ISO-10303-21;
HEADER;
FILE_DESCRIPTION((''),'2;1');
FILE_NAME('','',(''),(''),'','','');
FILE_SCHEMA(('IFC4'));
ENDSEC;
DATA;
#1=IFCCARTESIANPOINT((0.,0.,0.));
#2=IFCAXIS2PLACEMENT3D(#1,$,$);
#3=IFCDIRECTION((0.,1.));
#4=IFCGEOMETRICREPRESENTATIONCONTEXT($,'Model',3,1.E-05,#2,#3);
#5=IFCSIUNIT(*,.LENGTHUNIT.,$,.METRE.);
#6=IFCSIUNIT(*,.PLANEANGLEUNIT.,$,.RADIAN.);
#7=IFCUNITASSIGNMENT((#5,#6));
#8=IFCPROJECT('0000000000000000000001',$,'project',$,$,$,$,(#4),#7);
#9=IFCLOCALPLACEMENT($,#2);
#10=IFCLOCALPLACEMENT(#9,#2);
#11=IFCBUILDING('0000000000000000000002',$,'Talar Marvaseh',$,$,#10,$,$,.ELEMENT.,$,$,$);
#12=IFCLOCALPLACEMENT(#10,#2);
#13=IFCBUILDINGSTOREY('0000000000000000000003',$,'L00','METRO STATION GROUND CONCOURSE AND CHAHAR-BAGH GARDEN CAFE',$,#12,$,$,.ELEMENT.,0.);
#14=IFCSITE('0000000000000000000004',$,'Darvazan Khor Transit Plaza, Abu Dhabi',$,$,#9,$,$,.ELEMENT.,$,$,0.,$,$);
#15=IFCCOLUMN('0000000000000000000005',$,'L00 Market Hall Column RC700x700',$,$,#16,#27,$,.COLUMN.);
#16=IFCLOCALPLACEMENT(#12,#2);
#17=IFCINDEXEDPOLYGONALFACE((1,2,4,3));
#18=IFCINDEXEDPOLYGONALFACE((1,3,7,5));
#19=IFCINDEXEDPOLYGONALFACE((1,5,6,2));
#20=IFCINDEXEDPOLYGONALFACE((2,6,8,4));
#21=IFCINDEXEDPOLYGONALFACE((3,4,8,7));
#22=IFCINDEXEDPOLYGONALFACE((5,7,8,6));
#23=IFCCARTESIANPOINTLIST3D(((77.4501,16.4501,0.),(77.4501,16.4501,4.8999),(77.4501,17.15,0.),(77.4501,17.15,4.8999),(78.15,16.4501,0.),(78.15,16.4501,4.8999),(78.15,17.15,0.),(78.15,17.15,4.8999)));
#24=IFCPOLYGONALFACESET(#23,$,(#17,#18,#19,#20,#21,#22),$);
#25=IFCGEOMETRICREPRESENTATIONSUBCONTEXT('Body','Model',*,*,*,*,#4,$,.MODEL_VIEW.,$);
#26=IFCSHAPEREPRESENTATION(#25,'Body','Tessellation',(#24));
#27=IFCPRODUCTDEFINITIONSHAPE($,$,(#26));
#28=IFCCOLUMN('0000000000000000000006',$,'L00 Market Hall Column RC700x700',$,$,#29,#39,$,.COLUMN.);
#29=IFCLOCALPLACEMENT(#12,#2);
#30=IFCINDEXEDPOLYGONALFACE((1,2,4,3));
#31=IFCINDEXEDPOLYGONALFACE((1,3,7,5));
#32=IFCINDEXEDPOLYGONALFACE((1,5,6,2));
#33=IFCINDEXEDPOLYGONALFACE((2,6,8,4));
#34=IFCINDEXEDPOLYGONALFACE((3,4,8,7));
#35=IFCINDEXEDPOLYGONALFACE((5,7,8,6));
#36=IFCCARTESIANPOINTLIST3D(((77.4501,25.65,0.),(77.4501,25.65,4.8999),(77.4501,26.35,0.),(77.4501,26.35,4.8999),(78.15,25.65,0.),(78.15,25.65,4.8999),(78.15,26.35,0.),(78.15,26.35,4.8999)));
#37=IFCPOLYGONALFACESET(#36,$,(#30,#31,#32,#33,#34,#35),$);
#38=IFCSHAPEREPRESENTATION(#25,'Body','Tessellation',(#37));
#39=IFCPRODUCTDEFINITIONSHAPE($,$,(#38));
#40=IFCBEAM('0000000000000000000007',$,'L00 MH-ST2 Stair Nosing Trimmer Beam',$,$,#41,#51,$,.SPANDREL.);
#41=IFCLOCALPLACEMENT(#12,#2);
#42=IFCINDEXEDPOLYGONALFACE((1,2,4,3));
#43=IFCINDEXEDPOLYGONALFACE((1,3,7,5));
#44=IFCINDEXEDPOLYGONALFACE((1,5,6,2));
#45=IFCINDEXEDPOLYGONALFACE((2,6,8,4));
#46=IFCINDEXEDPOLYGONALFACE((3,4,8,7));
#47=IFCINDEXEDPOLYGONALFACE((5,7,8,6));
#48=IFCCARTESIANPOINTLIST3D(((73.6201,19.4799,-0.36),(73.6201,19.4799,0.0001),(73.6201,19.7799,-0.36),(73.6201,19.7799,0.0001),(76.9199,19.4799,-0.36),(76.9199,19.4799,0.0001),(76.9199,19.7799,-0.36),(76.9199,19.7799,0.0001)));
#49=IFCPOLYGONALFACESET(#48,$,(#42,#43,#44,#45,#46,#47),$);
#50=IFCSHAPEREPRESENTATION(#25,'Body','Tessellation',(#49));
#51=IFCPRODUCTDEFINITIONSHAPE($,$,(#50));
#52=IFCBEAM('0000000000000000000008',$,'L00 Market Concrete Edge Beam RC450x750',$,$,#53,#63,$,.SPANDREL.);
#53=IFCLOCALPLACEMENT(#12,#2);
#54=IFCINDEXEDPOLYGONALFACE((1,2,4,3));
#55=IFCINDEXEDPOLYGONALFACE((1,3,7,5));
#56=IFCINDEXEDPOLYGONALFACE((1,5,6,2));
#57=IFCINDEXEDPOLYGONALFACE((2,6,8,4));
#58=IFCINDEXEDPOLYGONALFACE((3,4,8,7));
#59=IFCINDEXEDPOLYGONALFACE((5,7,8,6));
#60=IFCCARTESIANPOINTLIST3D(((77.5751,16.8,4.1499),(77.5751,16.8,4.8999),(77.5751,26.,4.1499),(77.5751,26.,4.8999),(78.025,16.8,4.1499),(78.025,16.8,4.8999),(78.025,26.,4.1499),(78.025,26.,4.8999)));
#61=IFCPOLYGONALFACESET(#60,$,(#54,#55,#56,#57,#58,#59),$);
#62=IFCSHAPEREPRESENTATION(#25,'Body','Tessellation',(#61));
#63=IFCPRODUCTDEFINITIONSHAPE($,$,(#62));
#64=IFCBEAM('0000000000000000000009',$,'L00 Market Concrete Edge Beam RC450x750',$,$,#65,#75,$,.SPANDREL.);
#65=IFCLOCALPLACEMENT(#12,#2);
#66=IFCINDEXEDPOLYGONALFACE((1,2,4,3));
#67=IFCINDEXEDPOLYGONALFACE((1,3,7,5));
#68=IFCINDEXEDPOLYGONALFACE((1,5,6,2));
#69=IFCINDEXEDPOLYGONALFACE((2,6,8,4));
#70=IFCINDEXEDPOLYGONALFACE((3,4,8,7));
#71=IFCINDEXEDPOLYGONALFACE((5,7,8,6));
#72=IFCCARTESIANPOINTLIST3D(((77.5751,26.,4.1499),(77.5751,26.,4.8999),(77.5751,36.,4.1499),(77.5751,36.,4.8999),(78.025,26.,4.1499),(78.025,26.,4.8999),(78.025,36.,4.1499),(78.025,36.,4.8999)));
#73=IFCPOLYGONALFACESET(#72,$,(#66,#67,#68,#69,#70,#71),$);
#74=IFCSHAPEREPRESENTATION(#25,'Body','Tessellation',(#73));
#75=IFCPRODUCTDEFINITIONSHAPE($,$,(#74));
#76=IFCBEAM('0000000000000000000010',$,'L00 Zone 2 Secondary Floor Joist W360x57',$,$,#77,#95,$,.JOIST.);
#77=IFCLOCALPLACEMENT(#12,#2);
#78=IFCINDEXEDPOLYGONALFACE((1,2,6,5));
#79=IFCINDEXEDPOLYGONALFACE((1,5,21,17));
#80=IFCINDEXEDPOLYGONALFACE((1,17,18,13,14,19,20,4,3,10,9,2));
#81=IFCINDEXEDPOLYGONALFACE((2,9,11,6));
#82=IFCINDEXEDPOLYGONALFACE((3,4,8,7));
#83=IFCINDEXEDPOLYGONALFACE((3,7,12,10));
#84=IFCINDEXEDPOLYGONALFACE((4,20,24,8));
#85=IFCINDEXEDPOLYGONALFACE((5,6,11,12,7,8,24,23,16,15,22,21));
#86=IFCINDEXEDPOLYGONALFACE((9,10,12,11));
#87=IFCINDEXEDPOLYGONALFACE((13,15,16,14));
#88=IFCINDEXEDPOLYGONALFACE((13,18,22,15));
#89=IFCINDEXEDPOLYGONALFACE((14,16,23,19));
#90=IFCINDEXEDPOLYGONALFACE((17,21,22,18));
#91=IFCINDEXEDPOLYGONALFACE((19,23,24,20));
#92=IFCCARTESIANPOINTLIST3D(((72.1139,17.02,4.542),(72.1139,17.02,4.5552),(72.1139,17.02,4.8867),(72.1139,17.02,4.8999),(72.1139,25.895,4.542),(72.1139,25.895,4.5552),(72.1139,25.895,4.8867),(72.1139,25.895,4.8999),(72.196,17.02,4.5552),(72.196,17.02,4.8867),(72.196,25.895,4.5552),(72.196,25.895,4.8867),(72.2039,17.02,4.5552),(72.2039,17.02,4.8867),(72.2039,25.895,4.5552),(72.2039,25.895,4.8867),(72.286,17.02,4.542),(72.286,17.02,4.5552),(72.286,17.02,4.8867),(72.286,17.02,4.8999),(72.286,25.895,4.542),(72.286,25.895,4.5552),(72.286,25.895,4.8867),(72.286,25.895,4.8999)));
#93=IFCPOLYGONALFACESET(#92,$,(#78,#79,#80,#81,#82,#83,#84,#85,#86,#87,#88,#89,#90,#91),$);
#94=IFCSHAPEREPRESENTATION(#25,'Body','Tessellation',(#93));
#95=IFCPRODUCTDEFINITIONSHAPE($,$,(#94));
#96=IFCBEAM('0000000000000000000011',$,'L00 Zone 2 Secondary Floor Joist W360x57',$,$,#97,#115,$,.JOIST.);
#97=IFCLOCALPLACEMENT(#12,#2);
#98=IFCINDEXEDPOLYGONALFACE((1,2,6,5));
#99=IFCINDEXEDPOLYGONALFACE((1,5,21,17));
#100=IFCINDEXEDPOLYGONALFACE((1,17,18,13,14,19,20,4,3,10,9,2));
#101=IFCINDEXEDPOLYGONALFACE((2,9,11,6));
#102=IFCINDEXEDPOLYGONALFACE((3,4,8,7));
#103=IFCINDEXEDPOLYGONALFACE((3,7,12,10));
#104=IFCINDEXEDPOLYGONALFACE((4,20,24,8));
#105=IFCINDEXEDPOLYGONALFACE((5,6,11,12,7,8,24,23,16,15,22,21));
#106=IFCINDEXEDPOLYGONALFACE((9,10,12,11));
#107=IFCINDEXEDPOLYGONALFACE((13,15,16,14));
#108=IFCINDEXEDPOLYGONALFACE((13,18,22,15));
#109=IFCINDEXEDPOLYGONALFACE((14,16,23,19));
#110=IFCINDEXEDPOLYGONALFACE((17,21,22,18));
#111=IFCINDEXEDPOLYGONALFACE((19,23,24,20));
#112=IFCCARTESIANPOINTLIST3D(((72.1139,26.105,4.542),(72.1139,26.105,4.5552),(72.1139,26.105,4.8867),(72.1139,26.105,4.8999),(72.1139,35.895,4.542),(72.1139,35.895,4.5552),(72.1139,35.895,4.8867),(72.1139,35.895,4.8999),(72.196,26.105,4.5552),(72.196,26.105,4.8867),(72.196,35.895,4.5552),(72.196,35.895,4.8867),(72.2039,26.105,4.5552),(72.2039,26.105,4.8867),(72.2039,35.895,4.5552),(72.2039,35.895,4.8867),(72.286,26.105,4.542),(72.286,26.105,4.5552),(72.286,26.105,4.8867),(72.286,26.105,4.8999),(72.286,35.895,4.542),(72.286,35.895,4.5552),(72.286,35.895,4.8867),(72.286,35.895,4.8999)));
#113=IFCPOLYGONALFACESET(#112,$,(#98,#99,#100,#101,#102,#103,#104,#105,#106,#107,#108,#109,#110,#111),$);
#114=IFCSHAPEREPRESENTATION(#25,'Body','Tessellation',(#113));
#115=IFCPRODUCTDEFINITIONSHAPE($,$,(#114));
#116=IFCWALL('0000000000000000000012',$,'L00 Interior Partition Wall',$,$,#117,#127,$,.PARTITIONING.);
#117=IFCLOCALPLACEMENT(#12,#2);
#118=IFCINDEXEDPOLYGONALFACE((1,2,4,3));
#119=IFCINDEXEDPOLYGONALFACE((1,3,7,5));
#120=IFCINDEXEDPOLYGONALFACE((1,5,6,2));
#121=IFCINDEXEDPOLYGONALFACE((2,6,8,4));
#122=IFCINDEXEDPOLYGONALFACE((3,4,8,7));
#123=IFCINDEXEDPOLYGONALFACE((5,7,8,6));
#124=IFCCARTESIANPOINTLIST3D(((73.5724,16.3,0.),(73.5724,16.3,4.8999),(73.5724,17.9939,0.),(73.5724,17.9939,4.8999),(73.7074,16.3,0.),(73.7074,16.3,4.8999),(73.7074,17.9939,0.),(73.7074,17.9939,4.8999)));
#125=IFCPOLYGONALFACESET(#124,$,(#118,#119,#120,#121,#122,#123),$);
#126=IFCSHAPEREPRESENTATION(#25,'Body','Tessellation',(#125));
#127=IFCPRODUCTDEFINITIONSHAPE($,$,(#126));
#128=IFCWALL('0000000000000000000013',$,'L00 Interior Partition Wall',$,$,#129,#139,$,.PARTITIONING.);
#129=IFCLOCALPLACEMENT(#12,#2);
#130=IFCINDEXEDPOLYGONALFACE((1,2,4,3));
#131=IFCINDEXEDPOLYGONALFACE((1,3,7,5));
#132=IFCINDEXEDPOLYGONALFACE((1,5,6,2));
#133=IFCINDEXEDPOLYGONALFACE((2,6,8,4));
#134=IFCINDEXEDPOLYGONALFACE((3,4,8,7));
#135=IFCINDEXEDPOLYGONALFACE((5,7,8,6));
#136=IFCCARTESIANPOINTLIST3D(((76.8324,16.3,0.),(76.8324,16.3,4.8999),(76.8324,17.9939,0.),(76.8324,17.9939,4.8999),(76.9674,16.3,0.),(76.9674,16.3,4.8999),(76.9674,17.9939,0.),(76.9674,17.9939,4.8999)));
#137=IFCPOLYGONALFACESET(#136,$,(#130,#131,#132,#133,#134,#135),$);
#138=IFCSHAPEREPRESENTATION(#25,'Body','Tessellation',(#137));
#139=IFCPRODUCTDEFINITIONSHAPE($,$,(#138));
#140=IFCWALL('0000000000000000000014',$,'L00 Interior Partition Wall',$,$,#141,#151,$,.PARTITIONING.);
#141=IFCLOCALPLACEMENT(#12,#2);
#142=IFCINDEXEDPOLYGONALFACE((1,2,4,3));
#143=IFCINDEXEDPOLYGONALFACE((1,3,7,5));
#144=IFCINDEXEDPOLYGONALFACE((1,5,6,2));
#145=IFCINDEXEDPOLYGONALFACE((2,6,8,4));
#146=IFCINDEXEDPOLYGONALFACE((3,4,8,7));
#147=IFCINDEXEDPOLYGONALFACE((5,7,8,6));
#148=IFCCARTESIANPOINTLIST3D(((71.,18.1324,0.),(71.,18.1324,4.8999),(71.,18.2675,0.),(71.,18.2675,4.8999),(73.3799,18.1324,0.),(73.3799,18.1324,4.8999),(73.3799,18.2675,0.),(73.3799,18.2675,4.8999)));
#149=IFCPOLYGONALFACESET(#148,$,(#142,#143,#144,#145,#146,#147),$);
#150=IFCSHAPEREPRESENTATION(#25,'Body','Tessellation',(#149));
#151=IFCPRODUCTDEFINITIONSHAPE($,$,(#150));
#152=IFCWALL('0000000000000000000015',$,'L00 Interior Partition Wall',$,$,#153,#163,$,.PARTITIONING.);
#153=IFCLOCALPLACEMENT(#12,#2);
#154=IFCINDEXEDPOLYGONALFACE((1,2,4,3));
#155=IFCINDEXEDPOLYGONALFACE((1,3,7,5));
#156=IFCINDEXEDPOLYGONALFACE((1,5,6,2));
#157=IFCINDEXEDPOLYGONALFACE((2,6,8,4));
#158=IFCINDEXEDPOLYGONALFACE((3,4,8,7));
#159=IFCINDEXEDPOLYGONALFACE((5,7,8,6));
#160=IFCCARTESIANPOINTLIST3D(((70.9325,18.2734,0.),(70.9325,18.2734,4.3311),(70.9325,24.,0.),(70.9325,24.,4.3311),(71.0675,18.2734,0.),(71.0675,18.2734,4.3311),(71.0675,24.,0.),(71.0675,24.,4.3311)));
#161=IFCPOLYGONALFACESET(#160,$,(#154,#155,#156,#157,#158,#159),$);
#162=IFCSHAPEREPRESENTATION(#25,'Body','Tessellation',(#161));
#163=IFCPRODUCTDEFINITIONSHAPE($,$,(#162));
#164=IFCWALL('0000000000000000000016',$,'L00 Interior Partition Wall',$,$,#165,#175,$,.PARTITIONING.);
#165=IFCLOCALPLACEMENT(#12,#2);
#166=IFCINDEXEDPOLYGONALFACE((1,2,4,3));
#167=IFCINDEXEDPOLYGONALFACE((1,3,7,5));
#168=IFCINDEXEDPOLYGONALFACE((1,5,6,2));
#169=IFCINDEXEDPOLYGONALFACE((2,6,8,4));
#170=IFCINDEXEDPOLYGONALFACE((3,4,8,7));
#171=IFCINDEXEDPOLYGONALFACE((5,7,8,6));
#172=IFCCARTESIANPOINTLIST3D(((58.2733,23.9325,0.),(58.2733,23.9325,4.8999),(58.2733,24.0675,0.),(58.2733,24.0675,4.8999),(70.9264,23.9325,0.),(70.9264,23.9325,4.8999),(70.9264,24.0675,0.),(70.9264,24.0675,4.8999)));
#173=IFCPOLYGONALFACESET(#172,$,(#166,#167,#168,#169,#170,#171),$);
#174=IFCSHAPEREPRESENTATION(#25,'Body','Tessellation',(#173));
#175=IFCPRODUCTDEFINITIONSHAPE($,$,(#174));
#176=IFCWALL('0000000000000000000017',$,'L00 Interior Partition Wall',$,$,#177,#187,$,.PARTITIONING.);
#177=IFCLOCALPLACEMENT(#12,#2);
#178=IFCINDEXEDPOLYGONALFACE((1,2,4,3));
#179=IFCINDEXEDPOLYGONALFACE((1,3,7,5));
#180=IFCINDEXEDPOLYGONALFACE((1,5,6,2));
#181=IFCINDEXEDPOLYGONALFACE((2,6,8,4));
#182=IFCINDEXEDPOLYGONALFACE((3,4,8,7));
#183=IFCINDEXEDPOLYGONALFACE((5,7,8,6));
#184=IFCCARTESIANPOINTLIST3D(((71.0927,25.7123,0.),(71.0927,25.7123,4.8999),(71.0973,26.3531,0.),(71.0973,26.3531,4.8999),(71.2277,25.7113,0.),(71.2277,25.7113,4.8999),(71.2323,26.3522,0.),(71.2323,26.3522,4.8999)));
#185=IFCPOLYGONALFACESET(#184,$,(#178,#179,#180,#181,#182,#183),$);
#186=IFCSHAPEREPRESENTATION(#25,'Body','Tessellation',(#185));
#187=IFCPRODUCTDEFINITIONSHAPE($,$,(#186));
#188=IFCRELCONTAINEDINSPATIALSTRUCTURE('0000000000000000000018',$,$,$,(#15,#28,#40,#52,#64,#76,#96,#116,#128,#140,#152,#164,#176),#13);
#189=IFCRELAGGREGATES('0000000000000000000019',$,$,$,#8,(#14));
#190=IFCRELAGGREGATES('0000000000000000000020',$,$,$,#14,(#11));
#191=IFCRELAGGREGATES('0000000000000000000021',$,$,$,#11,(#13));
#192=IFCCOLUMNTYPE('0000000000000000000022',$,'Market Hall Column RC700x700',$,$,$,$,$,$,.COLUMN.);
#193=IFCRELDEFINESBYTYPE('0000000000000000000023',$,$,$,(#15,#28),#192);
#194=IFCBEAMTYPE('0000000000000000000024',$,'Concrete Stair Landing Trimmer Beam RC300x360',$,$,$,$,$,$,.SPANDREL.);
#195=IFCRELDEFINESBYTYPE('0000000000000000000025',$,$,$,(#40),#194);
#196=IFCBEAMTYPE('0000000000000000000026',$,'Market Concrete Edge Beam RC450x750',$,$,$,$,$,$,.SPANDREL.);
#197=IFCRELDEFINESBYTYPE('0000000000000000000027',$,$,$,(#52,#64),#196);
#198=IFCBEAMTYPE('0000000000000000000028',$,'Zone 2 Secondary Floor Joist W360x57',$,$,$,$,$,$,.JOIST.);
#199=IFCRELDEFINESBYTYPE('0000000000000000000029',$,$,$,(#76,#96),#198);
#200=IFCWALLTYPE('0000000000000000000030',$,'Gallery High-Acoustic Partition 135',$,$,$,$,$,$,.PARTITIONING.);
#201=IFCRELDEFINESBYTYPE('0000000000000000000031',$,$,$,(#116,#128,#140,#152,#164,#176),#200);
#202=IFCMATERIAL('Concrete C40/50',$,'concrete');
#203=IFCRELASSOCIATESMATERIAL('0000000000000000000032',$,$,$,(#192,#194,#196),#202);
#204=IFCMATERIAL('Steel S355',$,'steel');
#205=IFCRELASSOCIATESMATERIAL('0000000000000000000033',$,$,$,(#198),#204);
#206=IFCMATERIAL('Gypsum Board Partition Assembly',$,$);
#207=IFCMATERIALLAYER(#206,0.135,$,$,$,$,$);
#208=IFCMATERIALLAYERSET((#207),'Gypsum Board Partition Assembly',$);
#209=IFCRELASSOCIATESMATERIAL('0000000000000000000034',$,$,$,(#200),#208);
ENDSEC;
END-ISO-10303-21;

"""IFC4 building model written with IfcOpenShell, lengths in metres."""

from ifc_helpers import new_model, si_unit, direction, frame, frame_2d, origin, origin_2d, place, context, subcontext, project, spatial, rectangle, i_section, extrude, material, layer, layer_set, material_profile, profile_set, type_object, element, save


model = new_model("IFC4")

# Units and contexts
model_context = context("Model", 3, precision=1e-05, world=origin(), true_north=direction((0.0, 1.0)))
body_context = subcontext(model_context, "Body", "Model", "MODEL_VIEW")
ifc_project = project(units=[si_unit("LENGTHUNIT", "METRE"), si_unit("PLANEANGLEUNIT", "RADIAN")], contexts=[model_context])

# Site, building, storey
site_placement = place(None, origin())
site = spatial("IfcSite", under=ifc_project, at=site_placement, Name="Darvazan Khor Transit Plaza, Abu Dhabi", CompositionType="ELEMENT", RefElevation=0.0)
building_placement = place(site_placement, origin())
building = spatial("IfcBuilding", under=site, at=building_placement, Name="Talar Marvaseh", CompositionType="ELEMENT")
storey_placement = place(building_placement, origin())
storey = spatial("IfcBuildingStorey", under=building, at=storey_placement, Name="L00", Description="METRO STATION GROUND CONCOURSE AND CHAHAR-BAGH GARDEN CAFE", CompositionType="ELEMENT", Elevation=0.0)

# Columns
ifc_material_1 = material(Name="Concrete C40/50", Category="concrete")
ifc_material_profile_1 = material_profile(ifc_material_1, rectangle(XDim=0.7, YDim=0.7, at=origin_2d()), Name="RC700x700")
ifc_profile_set_1 = profile_set([ifc_material_profile_1], Name="Concrete C40/50")
column_type = type_object("IfcColumnType", Name="Market Hall Column RC700x700", PredefinedType="COLUMN", material=ifc_profile_set_1)
for number, where, z_axis, x_axis, name in (
    (1, (77.8, 16.8, 0.0), (0.0, 0.0, 1.0), (1.0, 0.0, 0.0), "L00 Market Hall Column RC700x700"),
    (2, (77.8, 26.0, 0.0), (0.0, 0.0, 1.0), (1.0, 0.0, 0.0), "L00 Market Hall Column RC700x700"),
):
    element("IfcColumn", number, at=place(storey_placement, frame(where, z_axis=z_axis, x_axis=x_axis)), inside=storey, type_object=column_type, Name=name, PredefinedType="COLUMN", context=body_context, shape_type="SweptSolid", body=[
        extrude(rectangle(XDim=0.7, YDim=0.7, at=origin_2d()), origin(), (0.0, 0.0, 1.0), 4.8999),
    ])

# Beams
ifc_material_profile_2 = material_profile(ifc_material_1, rectangle(XDim=0.3, YDim=0.3601, at=origin_2d()), Name="RC300x360")
ifc_profile_set_2 = profile_set([ifc_material_profile_2], Name="Concrete C40/50")
beam_type_1 = type_object("IfcBeamType", Name="Concrete Stair Landing Trimmer Beam RC300x360", PredefinedType="SPANDREL", material=ifc_profile_set_2)
beam_1_placement = place(storey_placement, frame((76.9199, 19.6299, -0.1799), z_axis=(-1.0, 0.0, 0.0), x_axis=(0.0, -1.0, 0.0)))
element("IfcBeam", 3, at=beam_1_placement, inside=storey, type_object=beam_type_1, Name="L00 MH-ST2 Stair Nosing Trimmer Beam", PredefinedType="SPANDREL", context=body_context, shape_type="SweptSolid", body=[
    extrude(rectangle(XDim=0.3, YDim=0.3601, at=origin_2d()), origin(), (0.0, 0.0, 1.0), 3.2998),
])
ifc_material_profile_3 = material_profile(ifc_material_1, rectangle(XDim=0.45, YDim=0.75, at=origin_2d()), Name="RC450x750")
ifc_profile_set_3 = profile_set([ifc_material_profile_3], Name="Concrete C40/50")
beam_type_2 = type_object("IfcBeamType", Name="Market Concrete Edge Beam RC450x750", PredefinedType="SPANDREL", material=ifc_profile_set_3)
beam_2_placement = place(storey_placement, frame((77.8, 16.8, 4.5249), z_axis=(0.0, 1.0, 0.0), x_axis=(-1.0, 0.0, 0.0)))
element("IfcBeam", 4, at=beam_2_placement, inside=storey, type_object=beam_type_2, Name="L00 Market Concrete Edge Beam RC450x750", PredefinedType="SPANDREL", context=body_context, shape_type="SweptSolid", body=[
    extrude(rectangle(XDim=0.45, YDim=0.75, at=origin_2d()), origin(), (0.0, 0.0, 1.0), 9.2),
])
beam_3_placement = place(storey_placement, frame((77.8, 26.0, 4.5249), z_axis=(0.0, 1.0, 0.0), x_axis=(-1.0, 0.0, 0.0)))
element("IfcBeam", 5, at=beam_3_placement, inside=storey, type_object=beam_type_2, Name="L00 Market Concrete Edge Beam RC450x750", PredefinedType="SPANDREL", context=body_context, shape_type="SweptSolid", body=[
    extrude(rectangle(XDim=0.45, YDim=0.75, at=origin_2d()), origin(), (0.0, 0.0, 1.0), 10.0),
])
ifc_material_2 = material(Name="Steel S355", Category="steel")
ifc_material_profile_4 = material_profile(ifc_material_2, i_section(OverallWidth=0.1721, OverallDepth=0.3579, WebThickness=0.0078, FlangeThickness=0.0132, at=origin_2d()), Name="W360x57")
ifc_profile_set_4 = profile_set([ifc_material_profile_4], Name="Steel S355")
beam_type_3 = type_object("IfcBeamType", Name="Zone 2 Secondary Floor Joist W360x57", PredefinedType="JOIST", material=ifc_profile_set_4)
beam_4_placement = place(storey_placement, frame((72.2, 17.02, 4.7209), z_axis=(0.0, 1.0, 0.0), x_axis=(-1.0, 0.0, 0.0)))
element("IfcBeam", 6, at=beam_4_placement, inside=storey, type_object=beam_type_3, Name="L00 Zone 2 Secondary Floor Joist W360x57", PredefinedType="JOIST", context=body_context, shape_type="SweptSolid", body=[
    extrude(i_section(OverallWidth=0.1721, OverallDepth=0.3579, WebThickness=0.0078, FlangeThickness=0.0132, at=origin_2d()), origin(), (0.0, 0.0, 1.0), 8.875),
])
beam_5_placement = place(storey_placement, frame((72.2, 26.105, 4.7209), z_axis=(0.0, 1.0, 0.0), x_axis=(-1.0, 0.0, 0.0)))
element("IfcBeam", 7, at=beam_5_placement, inside=storey, type_object=beam_type_3, Name="L00 Zone 2 Secondary Floor Joist W360x57", PredefinedType="JOIST", context=body_context, shape_type="SweptSolid", body=[
    extrude(i_section(OverallWidth=0.1721, OverallDepth=0.3579, WebThickness=0.0078, FlangeThickness=0.0132, at=origin_2d()), origin(), (0.0, 0.0, 1.0), 9.79),
])

# Walls
ifc_material_3 = material(Name="Gypsum Board Partition Assembly")
ifc_layer_1 = layer(ifc_material_3, 0.135)
ifc_layer_set_1 = layer_set([ifc_layer_1], Name="Gypsum Board Partition Assembly")
wall_type_1 = type_object("IfcWallType", Name="Gallery High-Acoustic Partition 135", PredefinedType="PARTITIONING", material=ifc_layer_set_1)
for number, where, z_axis, x_axis, name in (
    (8, (73.6399, 16.3, 0.0), (0.0, 0.0, 1.0), (0.0, 1.0, 0.0), "L00 Interior Partition Wall"),
    (9, (76.8999, 16.3, 0.0), (0.0, 0.0, 1.0), (0.0, 1.0, 0.0), "L00 Interior Partition Wall"),
):
    element("IfcWall", number, at=place(storey_placement, frame(where, z_axis=z_axis, x_axis=x_axis)), inside=storey, type_object=wall_type_1, Name=name, PredefinedType="PARTITIONING", context=body_context, shape_type="SweptSolid", body=[
        extrude(rectangle(XDim=1.6938, YDim=0.135, at=frame_2d((0.8469, 0.0))), origin(), (0.0, 0.0, 1.0), 4.8999),
    ])
wall_1_placement = place(storey_placement, frame((73.3799, 18.2, 0.0), z_axis=(0.0, 0.0, 1.0), x_axis=(-1.0, 0.0, 0.0)))
element("IfcWall", 10, at=wall_1_placement, inside=storey, type_object=wall_type_1, Name="L00 Interior Partition Wall", PredefinedType="PARTITIONING", context=body_context, shape_type="SweptSolid", body=[
    extrude(rectangle(XDim=2.3799, YDim=0.135, at=frame_2d((1.1899, 0.0))), origin(), (0.0, 0.0, 1.0), 4.8999),
])
wall_2_placement = place(storey_placement, frame((71.0, 18.2734, 0.0), z_axis=(0.0, 0.0, 1.0), x_axis=(0.0, 1.0, 0.0)))
element("IfcWall", 11, at=wall_2_placement, inside=storey, type_object=wall_type_1, Name="L00 Interior Partition Wall", PredefinedType="PARTITIONING", context=body_context, shape_type="SweptSolid", body=[
    extrude(rectangle(XDim=5.7266, YDim=0.135, at=frame_2d((2.8633, 0.0))), origin(), (0.0, 0.0, 1.0), 4.3311),
])
wall_3_placement = place(storey_placement, frame((70.9265, 24.0, 0.0), z_axis=(0.0, 0.0, 1.0), x_axis=(-1.0, 0.0, 0.0)))
element("IfcWall", 12, at=wall_3_placement, inside=storey, type_object=wall_type_1, Name="L00 Interior Partition Wall", PredefinedType="PARTITIONING", context=body_context, shape_type="SweptSolid", body=[
    extrude(rectangle(XDim=12.6531, YDim=0.135, at=frame_2d((6.3267, 0.0))), origin(), (0.0, 0.0, 1.0), 4.8999),
])
wall_4_placement = place(storey_placement, frame((71.1602, 25.7119, 0.0), z_axis=(0.0, 0.0, 1.0), x_axis=(0.007238, 0.999974, 0.0)))
element("IfcWall", 13, at=wall_4_placement, inside=storey, type_object=wall_type_1, Name="L00 Interior Partition Wall", PredefinedType="PARTITIONING", context=body_context, shape_type="SweptSolid", body=[
    extrude(rectangle(XDim=0.6409, YDim=0.135, at=frame_2d((0.3203, 0.0))), origin(), (0.0, 0.0, 1.0), 4.8999),
])

save(model, "model.ifc")
